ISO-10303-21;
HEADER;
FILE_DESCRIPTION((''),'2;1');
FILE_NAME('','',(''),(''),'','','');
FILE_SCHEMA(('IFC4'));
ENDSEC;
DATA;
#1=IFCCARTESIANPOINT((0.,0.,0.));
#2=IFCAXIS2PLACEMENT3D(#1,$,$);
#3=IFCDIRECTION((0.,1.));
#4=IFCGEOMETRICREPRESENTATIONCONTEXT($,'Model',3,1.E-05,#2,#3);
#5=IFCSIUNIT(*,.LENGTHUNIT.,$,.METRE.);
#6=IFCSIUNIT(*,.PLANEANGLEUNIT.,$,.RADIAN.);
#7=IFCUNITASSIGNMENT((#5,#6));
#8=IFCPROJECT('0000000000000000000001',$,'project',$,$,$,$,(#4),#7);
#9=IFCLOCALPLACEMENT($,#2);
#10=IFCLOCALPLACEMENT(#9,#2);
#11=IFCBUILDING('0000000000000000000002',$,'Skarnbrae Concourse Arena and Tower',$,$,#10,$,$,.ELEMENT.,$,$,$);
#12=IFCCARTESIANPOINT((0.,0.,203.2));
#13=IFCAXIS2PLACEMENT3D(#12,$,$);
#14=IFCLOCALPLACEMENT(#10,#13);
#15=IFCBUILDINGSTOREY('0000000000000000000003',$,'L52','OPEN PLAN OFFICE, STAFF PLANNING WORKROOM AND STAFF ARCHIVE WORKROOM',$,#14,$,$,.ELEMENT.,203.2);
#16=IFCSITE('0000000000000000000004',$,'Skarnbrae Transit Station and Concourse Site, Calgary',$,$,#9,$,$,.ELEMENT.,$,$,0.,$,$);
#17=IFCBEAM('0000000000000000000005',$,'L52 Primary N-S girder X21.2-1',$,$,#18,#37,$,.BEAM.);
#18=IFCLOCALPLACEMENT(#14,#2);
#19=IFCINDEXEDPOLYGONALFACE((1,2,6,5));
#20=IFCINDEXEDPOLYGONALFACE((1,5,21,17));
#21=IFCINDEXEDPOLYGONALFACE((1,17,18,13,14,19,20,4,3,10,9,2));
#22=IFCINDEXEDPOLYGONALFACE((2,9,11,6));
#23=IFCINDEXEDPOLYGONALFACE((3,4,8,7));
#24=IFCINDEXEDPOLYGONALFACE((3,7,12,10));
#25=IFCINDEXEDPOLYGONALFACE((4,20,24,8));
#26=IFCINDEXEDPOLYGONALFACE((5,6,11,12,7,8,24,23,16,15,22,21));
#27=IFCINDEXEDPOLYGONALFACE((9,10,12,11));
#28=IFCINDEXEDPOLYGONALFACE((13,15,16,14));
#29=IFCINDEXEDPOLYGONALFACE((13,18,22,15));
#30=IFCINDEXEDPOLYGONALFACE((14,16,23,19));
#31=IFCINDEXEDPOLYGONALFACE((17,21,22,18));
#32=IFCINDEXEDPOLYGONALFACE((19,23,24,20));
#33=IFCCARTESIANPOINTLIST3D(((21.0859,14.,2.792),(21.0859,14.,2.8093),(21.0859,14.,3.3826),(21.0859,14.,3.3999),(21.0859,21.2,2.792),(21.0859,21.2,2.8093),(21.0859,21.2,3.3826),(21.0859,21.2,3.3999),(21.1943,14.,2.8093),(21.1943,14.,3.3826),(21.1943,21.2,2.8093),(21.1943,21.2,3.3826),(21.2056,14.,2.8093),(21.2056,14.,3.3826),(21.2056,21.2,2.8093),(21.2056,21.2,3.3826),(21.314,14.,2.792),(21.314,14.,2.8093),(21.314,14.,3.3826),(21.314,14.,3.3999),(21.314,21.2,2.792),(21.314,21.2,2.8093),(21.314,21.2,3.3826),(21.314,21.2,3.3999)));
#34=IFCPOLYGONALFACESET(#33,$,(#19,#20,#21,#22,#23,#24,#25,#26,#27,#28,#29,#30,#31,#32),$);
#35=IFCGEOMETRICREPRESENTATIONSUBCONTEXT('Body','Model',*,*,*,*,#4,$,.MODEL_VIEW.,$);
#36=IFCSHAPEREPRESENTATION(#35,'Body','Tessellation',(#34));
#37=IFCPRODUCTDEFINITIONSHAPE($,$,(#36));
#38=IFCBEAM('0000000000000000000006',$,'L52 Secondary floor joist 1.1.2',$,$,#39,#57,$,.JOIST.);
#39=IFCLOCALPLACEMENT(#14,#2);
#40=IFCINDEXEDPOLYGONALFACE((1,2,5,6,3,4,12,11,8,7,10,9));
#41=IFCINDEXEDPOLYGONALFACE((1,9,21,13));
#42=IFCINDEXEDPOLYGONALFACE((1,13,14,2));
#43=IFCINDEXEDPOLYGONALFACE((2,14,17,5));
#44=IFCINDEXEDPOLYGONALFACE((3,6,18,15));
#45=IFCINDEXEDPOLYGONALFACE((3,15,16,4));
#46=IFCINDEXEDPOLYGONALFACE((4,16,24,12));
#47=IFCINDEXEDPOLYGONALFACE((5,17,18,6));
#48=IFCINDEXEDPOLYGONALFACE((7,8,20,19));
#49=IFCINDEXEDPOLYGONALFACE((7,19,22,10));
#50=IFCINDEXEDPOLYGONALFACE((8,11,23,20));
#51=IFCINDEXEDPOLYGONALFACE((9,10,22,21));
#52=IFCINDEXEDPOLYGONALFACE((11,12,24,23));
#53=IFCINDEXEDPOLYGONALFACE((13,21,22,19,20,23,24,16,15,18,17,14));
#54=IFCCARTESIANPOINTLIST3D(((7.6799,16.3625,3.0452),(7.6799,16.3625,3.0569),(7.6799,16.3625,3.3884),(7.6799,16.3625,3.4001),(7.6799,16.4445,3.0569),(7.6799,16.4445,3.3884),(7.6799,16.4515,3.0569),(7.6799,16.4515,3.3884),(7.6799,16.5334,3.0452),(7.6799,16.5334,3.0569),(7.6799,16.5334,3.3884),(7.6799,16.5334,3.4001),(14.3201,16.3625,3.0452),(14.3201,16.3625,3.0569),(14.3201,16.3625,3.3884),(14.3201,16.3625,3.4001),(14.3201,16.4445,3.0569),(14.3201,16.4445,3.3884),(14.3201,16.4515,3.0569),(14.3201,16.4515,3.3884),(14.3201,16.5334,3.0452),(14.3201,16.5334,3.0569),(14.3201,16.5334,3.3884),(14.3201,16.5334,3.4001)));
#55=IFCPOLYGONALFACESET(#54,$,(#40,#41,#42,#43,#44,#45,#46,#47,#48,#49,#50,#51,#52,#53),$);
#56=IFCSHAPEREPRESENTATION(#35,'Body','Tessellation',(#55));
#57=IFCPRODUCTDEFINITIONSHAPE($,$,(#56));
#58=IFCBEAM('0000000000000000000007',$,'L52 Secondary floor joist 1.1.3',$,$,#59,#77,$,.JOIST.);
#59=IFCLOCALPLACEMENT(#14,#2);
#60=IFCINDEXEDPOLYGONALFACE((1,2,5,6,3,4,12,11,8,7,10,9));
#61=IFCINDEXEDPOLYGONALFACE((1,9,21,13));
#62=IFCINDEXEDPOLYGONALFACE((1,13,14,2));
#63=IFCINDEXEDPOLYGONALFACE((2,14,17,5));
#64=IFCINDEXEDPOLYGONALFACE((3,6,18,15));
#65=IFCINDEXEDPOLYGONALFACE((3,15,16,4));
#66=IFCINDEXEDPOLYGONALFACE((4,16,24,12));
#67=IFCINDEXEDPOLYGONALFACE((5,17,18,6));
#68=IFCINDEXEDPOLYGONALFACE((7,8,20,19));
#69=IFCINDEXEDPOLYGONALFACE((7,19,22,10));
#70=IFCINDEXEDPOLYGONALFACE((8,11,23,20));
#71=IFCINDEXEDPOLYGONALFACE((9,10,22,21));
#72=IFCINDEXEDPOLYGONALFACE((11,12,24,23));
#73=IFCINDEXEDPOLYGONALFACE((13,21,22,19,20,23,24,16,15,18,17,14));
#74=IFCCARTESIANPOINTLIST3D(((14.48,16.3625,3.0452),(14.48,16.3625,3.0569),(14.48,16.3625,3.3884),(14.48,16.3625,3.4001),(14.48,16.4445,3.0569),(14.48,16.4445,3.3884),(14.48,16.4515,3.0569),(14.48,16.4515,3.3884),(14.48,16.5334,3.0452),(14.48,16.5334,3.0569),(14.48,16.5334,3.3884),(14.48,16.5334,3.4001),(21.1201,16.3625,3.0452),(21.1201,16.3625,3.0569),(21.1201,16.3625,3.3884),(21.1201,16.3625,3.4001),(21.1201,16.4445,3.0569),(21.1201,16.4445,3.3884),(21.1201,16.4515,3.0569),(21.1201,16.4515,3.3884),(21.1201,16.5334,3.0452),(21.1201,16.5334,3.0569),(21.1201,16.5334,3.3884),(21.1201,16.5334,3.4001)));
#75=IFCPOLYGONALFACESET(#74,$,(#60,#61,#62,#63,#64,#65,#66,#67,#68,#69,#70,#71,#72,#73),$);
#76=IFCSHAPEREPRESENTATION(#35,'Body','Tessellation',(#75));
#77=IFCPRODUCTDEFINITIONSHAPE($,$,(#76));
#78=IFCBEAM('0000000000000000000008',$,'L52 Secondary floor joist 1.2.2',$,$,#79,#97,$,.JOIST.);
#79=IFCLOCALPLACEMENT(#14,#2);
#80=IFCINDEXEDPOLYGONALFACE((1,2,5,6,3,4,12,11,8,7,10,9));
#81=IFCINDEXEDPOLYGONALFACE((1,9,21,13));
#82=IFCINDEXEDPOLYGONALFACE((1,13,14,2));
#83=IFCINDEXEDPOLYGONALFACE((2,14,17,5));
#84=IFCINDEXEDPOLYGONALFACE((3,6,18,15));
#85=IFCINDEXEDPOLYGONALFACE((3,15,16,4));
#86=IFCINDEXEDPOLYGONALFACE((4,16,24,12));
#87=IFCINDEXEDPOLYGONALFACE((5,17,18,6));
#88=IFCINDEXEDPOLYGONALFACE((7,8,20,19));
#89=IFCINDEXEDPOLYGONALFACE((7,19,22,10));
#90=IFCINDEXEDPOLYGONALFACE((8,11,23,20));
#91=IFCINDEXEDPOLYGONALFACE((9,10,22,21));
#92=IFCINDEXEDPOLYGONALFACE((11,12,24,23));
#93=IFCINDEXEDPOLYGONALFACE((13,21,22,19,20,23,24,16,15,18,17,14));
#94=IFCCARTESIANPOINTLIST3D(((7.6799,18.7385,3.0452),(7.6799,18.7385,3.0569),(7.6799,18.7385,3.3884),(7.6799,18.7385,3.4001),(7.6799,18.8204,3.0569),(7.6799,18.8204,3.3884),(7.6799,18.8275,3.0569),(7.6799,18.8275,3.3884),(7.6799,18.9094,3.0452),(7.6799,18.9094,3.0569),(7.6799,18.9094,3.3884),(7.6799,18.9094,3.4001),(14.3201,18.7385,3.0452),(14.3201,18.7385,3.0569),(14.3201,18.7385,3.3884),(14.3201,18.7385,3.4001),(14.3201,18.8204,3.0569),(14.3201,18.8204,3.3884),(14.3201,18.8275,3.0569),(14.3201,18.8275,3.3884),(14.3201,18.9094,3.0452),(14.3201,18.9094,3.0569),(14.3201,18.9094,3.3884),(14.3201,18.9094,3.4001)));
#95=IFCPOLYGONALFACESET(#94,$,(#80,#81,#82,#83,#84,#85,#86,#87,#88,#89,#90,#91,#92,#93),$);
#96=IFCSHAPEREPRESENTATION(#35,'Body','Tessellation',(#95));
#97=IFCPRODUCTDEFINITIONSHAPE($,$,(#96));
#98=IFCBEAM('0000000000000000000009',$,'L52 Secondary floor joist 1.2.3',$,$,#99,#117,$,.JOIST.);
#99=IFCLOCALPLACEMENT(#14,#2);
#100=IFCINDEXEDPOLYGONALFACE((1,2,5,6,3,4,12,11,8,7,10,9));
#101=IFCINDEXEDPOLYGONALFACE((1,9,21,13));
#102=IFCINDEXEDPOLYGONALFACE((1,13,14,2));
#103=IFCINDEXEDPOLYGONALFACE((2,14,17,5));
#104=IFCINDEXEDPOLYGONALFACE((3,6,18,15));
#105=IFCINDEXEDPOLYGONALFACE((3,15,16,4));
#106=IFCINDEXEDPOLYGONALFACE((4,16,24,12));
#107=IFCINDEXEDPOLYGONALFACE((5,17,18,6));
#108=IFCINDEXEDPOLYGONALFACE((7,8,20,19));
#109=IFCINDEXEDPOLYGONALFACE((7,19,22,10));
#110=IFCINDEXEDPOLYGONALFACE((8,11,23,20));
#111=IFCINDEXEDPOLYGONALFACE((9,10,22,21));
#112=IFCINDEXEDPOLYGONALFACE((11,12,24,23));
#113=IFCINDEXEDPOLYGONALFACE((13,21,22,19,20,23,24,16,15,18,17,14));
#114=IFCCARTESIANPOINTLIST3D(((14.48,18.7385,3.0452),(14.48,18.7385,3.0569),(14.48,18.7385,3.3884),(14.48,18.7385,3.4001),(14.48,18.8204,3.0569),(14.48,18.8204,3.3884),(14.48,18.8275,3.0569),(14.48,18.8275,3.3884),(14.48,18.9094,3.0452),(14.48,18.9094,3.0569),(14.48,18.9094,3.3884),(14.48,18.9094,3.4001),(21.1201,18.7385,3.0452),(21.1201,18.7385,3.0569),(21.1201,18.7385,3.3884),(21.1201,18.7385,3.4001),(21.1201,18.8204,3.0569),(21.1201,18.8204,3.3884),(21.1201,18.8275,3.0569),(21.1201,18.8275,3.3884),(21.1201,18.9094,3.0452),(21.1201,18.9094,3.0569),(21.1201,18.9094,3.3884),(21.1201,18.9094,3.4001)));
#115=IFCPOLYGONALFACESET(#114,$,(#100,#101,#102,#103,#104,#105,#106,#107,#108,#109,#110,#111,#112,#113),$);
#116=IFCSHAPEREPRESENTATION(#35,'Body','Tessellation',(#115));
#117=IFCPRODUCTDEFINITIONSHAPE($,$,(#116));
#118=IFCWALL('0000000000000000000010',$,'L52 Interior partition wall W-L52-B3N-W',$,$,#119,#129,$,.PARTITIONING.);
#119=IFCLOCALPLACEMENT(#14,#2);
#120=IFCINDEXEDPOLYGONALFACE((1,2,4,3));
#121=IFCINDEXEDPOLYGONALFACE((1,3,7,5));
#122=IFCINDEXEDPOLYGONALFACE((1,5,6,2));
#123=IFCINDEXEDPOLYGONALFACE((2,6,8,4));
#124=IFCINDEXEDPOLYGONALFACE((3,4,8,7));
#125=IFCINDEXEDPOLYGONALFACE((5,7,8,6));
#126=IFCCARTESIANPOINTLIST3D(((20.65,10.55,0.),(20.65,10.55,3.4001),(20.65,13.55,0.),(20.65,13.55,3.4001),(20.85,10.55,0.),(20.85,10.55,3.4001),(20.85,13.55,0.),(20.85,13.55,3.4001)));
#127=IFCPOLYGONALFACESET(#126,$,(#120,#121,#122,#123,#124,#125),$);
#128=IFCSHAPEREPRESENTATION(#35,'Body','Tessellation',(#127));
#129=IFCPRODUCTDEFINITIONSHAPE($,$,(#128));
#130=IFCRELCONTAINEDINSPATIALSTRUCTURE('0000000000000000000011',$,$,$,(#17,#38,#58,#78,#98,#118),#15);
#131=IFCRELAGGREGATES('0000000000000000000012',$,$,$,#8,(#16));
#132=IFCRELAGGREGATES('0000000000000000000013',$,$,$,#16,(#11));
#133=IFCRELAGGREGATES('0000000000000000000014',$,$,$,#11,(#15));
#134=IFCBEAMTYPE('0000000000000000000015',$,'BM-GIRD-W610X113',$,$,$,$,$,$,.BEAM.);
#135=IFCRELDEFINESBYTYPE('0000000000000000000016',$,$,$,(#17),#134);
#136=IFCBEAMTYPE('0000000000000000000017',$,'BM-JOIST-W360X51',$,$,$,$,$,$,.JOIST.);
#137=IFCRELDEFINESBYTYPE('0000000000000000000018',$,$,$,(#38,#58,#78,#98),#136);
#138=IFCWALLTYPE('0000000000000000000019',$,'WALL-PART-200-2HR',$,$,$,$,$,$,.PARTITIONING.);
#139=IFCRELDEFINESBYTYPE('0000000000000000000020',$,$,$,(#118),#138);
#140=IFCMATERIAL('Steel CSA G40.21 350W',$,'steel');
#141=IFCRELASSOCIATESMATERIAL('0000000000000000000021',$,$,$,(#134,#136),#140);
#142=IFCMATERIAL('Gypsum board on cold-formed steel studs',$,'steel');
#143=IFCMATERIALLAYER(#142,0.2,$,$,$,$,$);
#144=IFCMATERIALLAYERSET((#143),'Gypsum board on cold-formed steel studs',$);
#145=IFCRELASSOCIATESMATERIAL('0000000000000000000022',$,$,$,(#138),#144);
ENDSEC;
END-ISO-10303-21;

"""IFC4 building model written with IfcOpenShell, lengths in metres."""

from ifc_helpers import new_model, si_unit, direction, frame, frame_2d, origin, origin_2d, place, context, subcontext, project, spatial, rectangle, i_section, extrude, source, transform, mapped, material, layer, layer_set, material_profile, profile_set, type_object, element, save


model = new_model("IFC4")

# Units and contexts
model_context = context("Model", 3, precision=1e-05, world=origin(), true_north=direction((0.0, 1.0)))
body_context = subcontext(model_context, "Body", "Model", "MODEL_VIEW")
ifc_project = project(units=[si_unit("LENGTHUNIT", "METRE"), si_unit("PLANEANGLEUNIT", "RADIAN")], contexts=[model_context])

# Site, building, storey
site_placement = place(None, origin())
site = spatial("IfcSite", under=ifc_project, at=site_placement, Name="Skarnbrae Transit Station and Concourse Site, Calgary", CompositionType="ELEMENT", RefElevation=0.0)
building_placement = place(site_placement, origin())
building = spatial("IfcBuilding", under=site, at=building_placement, Name="Skarnbrae Concourse Arena and Tower", CompositionType="ELEMENT")
storey_placement = place(building_placement, frame((0.0, 0.0, 203.2)))
storey = spatial("IfcBuildingStorey", under=building, at=storey_placement, Name="L52", Description="OPEN PLAN OFFICE, STAFF PLANNING WORKROOM AND STAFF ARCHIVE WORKROOM", CompositionType="ELEMENT", Elevation=203.2)

# Shared definitions
ifc_material_1 = material(Name="Steel CSA G40.21 350W", Category="steel")

# Beams
ifc_material_profile_1 = material_profile(ifc_material_1, i_section(OverallWidth=0.228, OverallDepth=0.6079, WebThickness=0.0112, FlangeThickness=0.0173, at=origin_2d()), Name="W610X113")
ifc_profile_set_1 = profile_set([ifc_material_profile_1], Name="Steel CSA G40.21 350W")
beam_type_1 = type_object("IfcBeamType", Name="BM-GIRD-W610X113", PredefinedType="BEAM", material=ifc_profile_set_1)
shared_shape_1 = source(origin(), body_context, "Body", "SweptSolid", [
    extrude(i_section(OverallWidth=0.228, OverallDepth=0.6079, WebThickness=0.0112, FlangeThickness=0.0173, at=origin_2d()), origin(), (0.0, 0.0, 1.0), 7.2),
])
for number, where, z_axis, x_axis, name in (
    (1, (21.2, 14.0, 3.0959), (0.0, 1.0, 0.0), (-1.0, 0.0, 0.0), "L52 Primary N-S girder X21.2-1"),
):
    element("IfcBeam", number, at=place(storey_placement, frame(where, z_axis=z_axis, x_axis=x_axis)), inside=storey, type_object=beam_type_1, Name=name, PredefinedType="BEAM", context=body_context, shape_type="MappedRepresentation", body=[
        mapped(shared_shape_1, transform((0.0, 0.0, 0.0))),
    ])
ifc_material_profile_2 = material_profile(ifc_material_1, i_section(OverallWidth=0.1709, OverallDepth=0.355, WebThickness=0.0071, FlangeThickness=0.0117, at=origin_2d()), Name="W360X51")
ifc_profile_set_2 = profile_set([ifc_material_profile_2], Name="Steel CSA G40.21 350W")
beam_type_2 = type_object("IfcBeamType", Name="BM-JOIST-W360X51", PredefinedType="JOIST", material=ifc_profile_set_2)
shared_shape_2 = source(origin(), body_context, "Body", "SweptSolid", [
    extrude(i_section(OverallWidth=0.1709, OverallDepth=0.355, WebThickness=0.0071, FlangeThickness=0.0117, at=origin_2d()), origin(), (0.0, 0.0, 1.0), 6.6401),
])
for number, where, z_axis, x_axis, name in (
    (2, (7.6799, 16.448, 3.2227), (1.0, 0.0, 0.0), (0.0, 1.0, 0.0), "L52 Secondary floor joist 1.1.2"),
    (3, (14.48, 16.448, 3.2227), (1.0, 0.0, 0.0), (0.0, 1.0, 0.0), "L52 Secondary floor joist 1.1.3"),
    (4, (7.6799, 18.824, 3.2227), (1.0, 0.0, 0.0), (0.0, 1.0, 0.0), "L52 Secondary floor joist 1.2.2"),
    (5, (14.48, 18.824, 3.2227), (1.0, 0.0, 0.0), (0.0, 1.0, 0.0), "L52 Secondary floor joist 1.2.3"),
):
    element("IfcBeam", number, at=place(storey_placement, frame(where, z_axis=z_axis, x_axis=x_axis)), inside=storey, type_object=beam_type_2, Name=name, PredefinedType="JOIST", context=body_context, shape_type="MappedRepresentation", body=[
        mapped(shared_shape_2, transform((0.0, 0.0, 0.0))),
    ])

# Shared definitions
ifc_material_2 = material(Name="Gypsum board on cold-formed steel studs", Category="steel")
ifc_layer_1 = layer(ifc_material_2, 0.2)
ifc_layer_set_1 = layer_set([ifc_layer_1], Name="Gypsum board on cold-formed steel studs")
wall_type_1 = type_object("IfcWallType", Name="WALL-PART-200-2HR", PredefinedType="PARTITIONING", material=ifc_layer_set_1)

# Wall
shared_shape_3 = source(origin(), body_context, "Body", "SweptSolid", [
    extrude(rectangle(XDim=3.0, YDim=0.2, at=frame_2d((1.5, 0.0))), origin(), (0.0, 0.0, 1.0), 3.4001),
])
wall_1_placement = place(storey_placement, frame((20.75, 10.55, 0.0), z_axis=(0.0, 0.0, 1.0), x_axis=(0.0, 1.0, 0.0)))
element("IfcWall", 6, at=wall_1_placement, inside=storey, type_object=wall_type_1, Name="L52 Interior partition wall W-L52-B3N-W", PredefinedType="PARTITIONING", context=body_context, shape_type="MappedRepresentation", body=[
    mapped(shared_shape_3, transform((0.0, 0.0, 0.0))),
])

save(model, "model.ifc")
